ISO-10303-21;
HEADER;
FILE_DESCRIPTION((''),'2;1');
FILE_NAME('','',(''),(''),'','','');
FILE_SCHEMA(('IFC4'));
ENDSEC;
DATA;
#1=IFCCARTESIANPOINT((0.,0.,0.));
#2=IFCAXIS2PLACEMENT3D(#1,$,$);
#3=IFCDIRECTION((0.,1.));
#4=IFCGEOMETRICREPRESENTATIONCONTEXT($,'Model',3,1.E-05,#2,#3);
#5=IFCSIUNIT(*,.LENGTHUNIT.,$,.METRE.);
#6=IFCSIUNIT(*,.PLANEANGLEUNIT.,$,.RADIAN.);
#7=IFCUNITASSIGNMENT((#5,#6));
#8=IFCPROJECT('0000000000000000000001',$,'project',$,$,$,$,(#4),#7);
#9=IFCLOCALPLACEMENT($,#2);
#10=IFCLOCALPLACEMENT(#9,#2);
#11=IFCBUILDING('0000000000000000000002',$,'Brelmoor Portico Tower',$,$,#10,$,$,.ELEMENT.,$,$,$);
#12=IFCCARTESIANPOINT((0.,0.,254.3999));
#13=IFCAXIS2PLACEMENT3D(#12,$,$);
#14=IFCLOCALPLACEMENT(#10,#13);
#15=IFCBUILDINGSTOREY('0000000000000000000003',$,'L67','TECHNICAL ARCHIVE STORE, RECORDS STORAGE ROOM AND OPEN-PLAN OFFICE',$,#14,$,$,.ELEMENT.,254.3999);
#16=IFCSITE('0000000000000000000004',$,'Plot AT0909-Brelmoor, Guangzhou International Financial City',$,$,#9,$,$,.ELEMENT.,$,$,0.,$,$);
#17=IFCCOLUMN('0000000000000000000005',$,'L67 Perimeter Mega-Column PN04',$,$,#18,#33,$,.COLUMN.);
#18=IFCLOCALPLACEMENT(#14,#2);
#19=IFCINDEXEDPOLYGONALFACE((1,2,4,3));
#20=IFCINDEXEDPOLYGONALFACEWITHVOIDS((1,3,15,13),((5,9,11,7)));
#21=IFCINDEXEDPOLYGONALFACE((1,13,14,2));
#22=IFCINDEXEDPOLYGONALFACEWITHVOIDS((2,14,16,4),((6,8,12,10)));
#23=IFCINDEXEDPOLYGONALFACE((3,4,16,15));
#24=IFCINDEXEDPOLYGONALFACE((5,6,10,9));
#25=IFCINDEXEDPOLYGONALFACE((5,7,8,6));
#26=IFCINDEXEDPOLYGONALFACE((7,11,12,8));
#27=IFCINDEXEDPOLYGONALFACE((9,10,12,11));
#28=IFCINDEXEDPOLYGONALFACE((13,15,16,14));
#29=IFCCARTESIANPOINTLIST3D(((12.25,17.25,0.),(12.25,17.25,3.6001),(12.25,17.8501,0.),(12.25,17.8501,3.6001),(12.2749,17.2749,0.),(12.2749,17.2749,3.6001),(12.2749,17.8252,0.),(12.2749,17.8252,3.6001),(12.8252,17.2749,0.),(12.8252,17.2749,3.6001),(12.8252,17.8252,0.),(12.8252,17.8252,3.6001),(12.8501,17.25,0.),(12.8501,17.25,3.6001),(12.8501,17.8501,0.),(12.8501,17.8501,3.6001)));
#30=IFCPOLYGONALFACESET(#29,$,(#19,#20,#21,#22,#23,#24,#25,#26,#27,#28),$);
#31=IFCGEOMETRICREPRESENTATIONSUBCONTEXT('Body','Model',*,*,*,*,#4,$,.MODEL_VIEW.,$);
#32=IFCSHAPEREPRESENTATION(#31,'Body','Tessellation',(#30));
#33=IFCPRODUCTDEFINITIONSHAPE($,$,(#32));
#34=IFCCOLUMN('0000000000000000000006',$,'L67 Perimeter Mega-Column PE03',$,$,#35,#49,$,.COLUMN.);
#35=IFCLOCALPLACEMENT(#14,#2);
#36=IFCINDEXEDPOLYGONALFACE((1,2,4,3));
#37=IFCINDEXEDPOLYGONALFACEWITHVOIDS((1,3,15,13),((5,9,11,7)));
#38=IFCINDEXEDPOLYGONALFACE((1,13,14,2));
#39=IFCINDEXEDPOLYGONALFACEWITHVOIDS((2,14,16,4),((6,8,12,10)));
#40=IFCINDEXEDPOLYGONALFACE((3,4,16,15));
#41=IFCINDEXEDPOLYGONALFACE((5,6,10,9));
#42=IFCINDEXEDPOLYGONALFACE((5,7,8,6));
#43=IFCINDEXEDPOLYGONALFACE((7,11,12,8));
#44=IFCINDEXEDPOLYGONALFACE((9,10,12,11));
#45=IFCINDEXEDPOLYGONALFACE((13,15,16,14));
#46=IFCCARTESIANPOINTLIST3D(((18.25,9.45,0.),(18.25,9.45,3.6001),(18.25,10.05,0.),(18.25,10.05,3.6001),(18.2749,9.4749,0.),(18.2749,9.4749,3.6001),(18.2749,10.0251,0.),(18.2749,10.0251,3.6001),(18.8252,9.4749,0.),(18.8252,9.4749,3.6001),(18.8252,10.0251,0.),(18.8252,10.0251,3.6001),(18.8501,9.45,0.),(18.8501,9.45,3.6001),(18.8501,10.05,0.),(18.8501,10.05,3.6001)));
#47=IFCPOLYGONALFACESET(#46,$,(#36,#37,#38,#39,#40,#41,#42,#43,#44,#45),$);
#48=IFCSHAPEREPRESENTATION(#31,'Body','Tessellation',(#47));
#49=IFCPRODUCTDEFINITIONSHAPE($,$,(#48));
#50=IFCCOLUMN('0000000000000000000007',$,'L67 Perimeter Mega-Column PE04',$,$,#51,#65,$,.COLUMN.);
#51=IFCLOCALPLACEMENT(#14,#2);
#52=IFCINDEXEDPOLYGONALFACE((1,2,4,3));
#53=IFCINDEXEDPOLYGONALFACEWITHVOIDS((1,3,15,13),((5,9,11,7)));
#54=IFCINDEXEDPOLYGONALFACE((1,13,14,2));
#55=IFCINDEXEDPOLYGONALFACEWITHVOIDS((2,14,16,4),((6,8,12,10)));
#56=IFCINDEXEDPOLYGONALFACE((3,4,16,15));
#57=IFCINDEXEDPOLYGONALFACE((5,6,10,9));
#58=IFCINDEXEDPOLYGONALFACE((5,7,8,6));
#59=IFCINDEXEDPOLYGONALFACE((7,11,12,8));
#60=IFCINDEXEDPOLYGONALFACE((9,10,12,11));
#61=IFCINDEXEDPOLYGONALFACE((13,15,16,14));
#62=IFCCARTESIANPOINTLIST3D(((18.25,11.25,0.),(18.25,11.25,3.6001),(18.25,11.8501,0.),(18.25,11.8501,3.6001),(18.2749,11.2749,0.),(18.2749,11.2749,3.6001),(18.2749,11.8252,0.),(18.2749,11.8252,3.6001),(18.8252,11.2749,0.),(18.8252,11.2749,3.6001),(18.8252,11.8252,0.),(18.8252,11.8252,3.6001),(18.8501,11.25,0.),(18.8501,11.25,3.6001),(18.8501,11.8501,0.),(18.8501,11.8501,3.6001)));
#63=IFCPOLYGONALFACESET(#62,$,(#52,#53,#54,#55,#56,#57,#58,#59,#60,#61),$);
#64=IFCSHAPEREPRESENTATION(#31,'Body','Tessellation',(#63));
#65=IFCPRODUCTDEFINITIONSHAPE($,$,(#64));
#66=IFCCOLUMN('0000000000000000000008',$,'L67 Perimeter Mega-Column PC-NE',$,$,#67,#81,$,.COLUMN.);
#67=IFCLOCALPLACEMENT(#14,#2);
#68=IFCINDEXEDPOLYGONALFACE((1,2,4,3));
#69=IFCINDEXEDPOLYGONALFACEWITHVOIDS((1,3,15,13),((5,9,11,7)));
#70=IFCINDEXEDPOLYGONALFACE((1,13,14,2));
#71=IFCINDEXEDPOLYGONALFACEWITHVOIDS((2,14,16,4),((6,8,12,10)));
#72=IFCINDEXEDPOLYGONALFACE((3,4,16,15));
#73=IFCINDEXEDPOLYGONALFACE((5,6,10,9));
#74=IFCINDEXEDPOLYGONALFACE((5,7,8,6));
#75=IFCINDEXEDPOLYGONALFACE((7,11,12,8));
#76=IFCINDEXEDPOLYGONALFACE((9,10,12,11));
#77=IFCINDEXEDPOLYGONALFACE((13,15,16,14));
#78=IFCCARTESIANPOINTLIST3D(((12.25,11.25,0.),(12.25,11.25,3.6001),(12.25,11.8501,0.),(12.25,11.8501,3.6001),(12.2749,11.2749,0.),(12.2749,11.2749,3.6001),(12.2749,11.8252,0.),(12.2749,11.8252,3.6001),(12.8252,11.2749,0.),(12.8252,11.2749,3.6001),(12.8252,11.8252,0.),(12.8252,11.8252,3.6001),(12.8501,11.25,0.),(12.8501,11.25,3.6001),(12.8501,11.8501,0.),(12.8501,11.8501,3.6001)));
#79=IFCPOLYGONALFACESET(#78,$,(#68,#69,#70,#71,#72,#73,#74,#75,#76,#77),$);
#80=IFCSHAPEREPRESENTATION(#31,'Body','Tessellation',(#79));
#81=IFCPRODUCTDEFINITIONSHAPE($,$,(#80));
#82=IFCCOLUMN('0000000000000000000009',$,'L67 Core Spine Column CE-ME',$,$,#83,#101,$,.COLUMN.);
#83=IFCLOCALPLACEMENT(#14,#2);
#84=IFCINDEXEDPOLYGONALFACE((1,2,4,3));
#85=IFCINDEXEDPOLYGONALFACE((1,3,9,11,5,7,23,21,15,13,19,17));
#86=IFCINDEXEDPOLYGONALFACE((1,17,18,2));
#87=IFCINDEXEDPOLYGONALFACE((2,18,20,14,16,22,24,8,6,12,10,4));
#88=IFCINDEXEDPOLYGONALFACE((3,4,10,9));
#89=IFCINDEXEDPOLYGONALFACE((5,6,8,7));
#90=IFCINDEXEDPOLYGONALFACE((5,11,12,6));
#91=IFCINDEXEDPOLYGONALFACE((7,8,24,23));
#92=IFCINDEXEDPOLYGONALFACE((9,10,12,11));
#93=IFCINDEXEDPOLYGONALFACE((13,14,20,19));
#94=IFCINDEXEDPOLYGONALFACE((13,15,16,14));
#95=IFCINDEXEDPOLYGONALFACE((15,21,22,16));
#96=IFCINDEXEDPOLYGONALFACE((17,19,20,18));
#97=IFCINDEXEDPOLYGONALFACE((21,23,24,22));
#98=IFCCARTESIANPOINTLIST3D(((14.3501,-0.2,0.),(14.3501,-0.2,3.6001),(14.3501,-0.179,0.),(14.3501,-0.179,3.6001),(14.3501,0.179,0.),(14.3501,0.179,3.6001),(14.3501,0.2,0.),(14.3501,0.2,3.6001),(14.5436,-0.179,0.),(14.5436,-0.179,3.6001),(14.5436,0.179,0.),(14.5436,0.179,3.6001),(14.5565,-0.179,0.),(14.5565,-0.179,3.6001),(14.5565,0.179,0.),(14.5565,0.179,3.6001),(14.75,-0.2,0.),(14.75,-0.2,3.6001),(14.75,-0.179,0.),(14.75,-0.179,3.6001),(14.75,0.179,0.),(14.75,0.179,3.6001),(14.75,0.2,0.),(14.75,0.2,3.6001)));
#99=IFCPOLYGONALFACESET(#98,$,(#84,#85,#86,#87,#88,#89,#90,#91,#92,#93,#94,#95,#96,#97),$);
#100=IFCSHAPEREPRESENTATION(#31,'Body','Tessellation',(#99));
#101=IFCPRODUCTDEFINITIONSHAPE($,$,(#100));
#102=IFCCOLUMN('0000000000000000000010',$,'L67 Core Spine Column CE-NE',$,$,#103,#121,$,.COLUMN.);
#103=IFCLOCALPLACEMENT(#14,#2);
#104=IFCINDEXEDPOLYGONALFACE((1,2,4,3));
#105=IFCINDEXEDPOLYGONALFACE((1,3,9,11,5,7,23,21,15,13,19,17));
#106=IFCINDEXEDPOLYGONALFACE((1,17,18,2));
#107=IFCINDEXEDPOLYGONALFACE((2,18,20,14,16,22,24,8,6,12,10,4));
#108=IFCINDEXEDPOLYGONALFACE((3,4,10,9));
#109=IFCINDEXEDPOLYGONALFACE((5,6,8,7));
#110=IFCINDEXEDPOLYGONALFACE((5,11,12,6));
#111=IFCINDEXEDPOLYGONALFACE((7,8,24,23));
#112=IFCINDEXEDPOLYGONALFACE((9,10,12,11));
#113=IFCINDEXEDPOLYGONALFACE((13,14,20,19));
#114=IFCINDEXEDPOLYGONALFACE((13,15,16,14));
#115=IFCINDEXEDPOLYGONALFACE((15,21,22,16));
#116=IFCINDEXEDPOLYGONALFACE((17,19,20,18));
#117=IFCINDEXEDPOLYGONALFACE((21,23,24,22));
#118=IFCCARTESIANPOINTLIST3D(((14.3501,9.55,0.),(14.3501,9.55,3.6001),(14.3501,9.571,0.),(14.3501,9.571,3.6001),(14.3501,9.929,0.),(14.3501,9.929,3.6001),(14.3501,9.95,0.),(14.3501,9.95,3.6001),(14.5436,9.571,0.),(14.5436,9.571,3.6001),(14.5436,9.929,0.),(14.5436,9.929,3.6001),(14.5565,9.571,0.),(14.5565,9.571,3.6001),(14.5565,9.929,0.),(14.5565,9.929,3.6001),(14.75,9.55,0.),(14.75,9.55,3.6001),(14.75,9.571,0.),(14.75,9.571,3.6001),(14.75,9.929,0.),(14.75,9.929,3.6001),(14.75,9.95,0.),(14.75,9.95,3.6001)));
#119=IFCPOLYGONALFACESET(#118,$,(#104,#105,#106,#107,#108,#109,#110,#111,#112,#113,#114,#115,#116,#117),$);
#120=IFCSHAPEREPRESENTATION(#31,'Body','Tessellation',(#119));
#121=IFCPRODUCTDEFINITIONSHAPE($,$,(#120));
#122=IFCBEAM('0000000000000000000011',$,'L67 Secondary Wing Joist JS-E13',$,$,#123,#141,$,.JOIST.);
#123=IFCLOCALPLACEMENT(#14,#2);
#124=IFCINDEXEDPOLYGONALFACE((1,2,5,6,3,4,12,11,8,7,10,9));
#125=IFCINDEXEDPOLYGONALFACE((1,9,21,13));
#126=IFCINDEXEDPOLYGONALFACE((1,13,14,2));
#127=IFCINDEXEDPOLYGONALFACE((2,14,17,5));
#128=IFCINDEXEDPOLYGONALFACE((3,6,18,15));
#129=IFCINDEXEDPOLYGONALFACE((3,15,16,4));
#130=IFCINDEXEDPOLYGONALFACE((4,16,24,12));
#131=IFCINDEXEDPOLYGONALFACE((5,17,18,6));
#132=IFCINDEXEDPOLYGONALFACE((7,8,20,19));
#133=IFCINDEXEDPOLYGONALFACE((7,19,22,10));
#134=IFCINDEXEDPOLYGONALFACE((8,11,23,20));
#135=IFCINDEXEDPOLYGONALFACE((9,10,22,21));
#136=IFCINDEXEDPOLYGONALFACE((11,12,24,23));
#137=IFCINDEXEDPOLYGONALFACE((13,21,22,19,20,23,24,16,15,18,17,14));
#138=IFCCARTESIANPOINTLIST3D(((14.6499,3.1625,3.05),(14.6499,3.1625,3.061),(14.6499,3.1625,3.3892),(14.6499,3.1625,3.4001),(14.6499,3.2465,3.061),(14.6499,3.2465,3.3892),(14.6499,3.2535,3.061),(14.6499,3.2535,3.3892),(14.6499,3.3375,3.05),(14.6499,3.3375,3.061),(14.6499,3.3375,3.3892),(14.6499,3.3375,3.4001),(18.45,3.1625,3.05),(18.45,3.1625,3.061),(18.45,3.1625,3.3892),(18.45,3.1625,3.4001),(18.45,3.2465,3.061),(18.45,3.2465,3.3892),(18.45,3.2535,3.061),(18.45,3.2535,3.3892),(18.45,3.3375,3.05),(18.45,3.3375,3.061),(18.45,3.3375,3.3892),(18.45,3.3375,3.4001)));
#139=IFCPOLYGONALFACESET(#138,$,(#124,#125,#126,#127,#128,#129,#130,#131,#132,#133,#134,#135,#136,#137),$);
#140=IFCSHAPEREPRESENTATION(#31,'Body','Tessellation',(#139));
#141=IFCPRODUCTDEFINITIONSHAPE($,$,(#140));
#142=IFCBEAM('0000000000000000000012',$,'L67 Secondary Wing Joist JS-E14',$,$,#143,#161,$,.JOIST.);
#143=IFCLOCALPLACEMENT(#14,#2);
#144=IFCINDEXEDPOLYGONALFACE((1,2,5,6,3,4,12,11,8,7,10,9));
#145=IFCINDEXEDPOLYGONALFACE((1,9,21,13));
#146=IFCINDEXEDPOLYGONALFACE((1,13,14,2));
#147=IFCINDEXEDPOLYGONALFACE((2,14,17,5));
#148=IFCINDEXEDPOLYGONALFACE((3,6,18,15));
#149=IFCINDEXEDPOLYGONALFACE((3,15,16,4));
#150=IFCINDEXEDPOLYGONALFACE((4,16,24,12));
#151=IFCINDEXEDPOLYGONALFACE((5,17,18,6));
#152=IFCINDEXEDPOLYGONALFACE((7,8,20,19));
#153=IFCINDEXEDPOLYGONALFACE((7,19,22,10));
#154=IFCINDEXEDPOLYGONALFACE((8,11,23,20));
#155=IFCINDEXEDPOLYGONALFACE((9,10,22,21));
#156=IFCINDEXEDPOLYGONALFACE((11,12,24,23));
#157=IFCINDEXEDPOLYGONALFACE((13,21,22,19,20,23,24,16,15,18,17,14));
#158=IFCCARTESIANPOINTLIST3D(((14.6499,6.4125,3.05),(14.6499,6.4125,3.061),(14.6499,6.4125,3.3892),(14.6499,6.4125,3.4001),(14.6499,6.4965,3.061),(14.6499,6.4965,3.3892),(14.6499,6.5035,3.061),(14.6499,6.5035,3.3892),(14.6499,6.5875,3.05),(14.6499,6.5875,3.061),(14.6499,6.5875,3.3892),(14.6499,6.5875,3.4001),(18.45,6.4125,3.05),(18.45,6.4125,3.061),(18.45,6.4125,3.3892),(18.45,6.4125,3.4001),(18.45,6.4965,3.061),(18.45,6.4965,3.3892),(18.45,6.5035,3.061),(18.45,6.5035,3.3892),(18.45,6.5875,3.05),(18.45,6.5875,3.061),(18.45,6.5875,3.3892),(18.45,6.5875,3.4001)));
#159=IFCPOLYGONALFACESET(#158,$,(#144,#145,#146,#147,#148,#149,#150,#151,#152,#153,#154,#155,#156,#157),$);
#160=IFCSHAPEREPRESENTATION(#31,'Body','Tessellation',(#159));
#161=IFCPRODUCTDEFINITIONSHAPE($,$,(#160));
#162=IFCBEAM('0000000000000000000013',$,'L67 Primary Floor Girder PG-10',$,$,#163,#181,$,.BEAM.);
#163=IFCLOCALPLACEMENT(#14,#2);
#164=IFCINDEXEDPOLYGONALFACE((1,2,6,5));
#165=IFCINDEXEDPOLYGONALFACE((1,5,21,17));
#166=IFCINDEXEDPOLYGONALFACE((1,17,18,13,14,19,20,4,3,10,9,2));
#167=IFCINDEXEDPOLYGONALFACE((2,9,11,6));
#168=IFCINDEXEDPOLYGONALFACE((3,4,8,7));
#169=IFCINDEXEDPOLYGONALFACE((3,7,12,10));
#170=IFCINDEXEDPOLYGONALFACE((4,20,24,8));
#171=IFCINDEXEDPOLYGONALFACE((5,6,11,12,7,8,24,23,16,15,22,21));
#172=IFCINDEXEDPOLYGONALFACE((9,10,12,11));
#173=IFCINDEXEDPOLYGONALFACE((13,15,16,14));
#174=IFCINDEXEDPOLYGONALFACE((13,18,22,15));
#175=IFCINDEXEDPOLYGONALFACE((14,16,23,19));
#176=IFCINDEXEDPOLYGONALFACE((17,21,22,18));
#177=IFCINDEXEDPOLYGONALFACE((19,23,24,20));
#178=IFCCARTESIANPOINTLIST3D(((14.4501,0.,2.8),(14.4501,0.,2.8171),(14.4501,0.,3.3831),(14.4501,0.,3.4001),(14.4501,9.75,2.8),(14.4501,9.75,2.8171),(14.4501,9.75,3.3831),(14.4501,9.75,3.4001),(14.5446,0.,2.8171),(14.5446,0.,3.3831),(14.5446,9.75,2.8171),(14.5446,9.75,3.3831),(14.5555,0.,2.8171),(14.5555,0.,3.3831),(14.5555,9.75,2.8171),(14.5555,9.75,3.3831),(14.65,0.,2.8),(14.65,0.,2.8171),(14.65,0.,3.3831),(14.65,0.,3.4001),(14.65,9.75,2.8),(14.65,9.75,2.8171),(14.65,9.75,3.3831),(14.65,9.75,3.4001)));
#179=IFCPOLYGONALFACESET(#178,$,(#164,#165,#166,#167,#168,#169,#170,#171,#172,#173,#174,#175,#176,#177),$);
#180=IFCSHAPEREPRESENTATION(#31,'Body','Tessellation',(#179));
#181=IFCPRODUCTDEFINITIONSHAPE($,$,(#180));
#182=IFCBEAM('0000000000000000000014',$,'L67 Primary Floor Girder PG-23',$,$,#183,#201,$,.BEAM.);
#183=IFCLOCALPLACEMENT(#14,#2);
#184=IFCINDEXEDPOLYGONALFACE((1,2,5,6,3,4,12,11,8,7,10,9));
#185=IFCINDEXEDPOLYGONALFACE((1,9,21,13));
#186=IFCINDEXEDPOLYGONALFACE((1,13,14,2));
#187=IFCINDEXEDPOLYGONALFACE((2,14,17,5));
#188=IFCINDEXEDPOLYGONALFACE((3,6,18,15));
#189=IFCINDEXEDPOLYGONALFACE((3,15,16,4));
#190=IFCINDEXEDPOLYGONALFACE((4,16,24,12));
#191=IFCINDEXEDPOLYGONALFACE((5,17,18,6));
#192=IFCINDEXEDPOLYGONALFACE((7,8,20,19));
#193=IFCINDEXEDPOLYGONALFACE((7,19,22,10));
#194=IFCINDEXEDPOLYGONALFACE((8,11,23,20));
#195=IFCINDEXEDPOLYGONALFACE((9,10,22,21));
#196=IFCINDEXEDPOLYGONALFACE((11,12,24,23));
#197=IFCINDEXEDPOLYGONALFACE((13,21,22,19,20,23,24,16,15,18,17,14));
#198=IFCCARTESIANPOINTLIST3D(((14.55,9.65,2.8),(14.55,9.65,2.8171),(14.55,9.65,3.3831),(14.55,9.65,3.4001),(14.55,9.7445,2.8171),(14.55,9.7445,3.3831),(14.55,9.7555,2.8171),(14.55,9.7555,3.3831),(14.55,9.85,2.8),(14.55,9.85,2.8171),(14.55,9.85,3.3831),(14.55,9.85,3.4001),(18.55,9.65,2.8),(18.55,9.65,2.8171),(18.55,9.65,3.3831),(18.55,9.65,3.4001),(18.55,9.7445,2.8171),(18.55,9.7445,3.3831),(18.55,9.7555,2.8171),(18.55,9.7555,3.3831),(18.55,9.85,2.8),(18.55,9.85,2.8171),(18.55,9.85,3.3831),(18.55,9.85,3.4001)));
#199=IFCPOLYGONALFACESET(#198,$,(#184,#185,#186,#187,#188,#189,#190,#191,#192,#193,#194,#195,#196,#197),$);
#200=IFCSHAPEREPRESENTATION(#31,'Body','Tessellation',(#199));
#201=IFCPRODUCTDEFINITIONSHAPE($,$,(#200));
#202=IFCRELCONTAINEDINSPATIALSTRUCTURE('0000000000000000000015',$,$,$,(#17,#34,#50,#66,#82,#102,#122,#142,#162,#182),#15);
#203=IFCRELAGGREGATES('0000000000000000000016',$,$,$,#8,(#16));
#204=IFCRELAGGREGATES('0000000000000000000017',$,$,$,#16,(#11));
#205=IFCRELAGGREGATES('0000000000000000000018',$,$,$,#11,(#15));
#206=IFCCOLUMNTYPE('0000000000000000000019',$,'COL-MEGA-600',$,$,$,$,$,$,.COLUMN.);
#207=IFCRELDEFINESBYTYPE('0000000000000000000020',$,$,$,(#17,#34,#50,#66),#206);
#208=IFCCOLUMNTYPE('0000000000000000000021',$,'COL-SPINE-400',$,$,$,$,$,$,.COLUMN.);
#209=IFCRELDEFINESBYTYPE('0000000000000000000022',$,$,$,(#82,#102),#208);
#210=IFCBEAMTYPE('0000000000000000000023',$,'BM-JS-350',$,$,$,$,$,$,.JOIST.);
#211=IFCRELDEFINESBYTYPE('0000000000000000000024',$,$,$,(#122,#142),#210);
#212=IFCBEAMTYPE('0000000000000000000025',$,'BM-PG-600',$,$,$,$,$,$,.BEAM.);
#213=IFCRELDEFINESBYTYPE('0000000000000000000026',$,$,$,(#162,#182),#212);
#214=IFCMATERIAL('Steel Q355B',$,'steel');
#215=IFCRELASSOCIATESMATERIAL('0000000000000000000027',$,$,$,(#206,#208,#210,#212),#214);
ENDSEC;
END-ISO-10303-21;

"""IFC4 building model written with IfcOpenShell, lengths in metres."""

from ifc_helpers import new_model, si_unit, direction, frame, origin, origin_2d, place, context, subcontext, project, spatial, hollow_rectangle, i_section, extrude, material, material_profile, profile_set, type_object, element, save


model = new_model("IFC4")

# Units and contexts
model_context = context("Model", 3, precision=1e-05, world=origin(), true_north=direction((0.0, 1.0)))
body_context = subcontext(model_context, "Body", "Model", "MODEL_VIEW")
ifc_project = project(units=[si_unit("LENGTHUNIT", "METRE"), si_unit("PLANEANGLEUNIT", "RADIAN")], contexts=[model_context])

# Site, building, storey
site_placement = place(None, origin())
site = spatial("IfcSite", under=ifc_project, at=site_placement, Name="Plot AT0909-Brelmoor, Guangzhou International Financial City", CompositionType="ELEMENT", RefElevation=0.0)
building_placement = place(site_placement, origin())
building = spatial("IfcBuilding", under=site, at=building_placement, Name="Brelmoor Portico Tower", CompositionType="ELEMENT")
storey_placement = place(building_placement, frame((0.0, 0.0, 254.3999)))
storey = spatial("IfcBuildingStorey", under=building, at=storey_placement, Name="L67", Description="TECHNICAL ARCHIVE STORE, RECORDS STORAGE ROOM AND OPEN-PLAN OFFICE", CompositionType="ELEMENT", Elevation=254.3999)

# Columns
ifc_material_1 = material(Name="Steel Q355B", Category="steel")
ifc_material_profile_1 = material_profile(ifc_material_1, hollow_rectangle(XDim=0.6001, YDim=0.6001, WallThickness=0.0249, at=origin_2d()), Name="BOX 600x600x25")
ifc_profile_set_1 = profile_set([ifc_material_profile_1], Name="Steel Q355B")
column_type_1 = type_object("IfcColumnType", Name="COL-MEGA-600", PredefinedType="COLUMN", material=ifc_profile_set_1)
for number, where, z_axis, x_axis, name in (
    (1, (12.55, 17.55, 0.0), (0.0, 0.0, 1.0), (1.0, 0.0, 0.0), "L67 Perimeter Mega-Column PN04"),
    (2, (18.55, 9.75, 0.0), (0.0, 0.0, 1.0), (0.0, 1.0, 0.0), "L67 Perimeter Mega-Column PE03"),
    (3, (18.55, 11.55, 0.0), (0.0, 0.0, 1.0), (0.0, 1.0, 0.0), "L67 Perimeter Mega-Column PE04"),
    (4, (12.55, 11.55, 0.0), (0.0, 0.0, 1.0), (1.0, 0.0, 0.0), "L67 Perimeter Mega-Column PC-NE"),
):
    element("IfcColumn", number, at=place(storey_placement, frame(where, z_axis=z_axis, x_axis=x_axis)), inside=storey, type_object=column_type_1, Name=name, PredefinedType="COLUMN", context=body_context, shape_type="SweptSolid", body=[
        extrude(hollow_rectangle(XDim=0.6001, YDim=0.6001, WallThickness=0.0249, at=origin_2d()), origin(), (0.0, 0.0, 1.0), 3.6001),
    ])
ifc_material_profile_2 = material_profile(ifc_material_1, i_section(OverallWidth=0.3999, OverallDepth=0.3999, WebThickness=0.0129, FlangeThickness=0.021, at=origin_2d()), Name="HW 400x400x13x21")
ifc_profile_set_2 = profile_set([ifc_material_profile_2], Name="Steel Q355B")
column_type_2 = type_object("IfcColumnType", Name="COL-SPINE-400", PredefinedType="COLUMN", material=ifc_profile_set_2)
for number, where, z_axis, x_axis, name in (
    (5, (14.55, 0.0, 0.0), (0.0, 0.0, 1.0), (1.0, 0.0, 0.0), "L67 Core Spine Column CE-ME"),
    (6, (14.55, 9.75, 0.0), (0.0, 0.0, 1.0), (1.0, 0.0, 0.0), "L67 Core Spine Column CE-NE"),
):
    element("IfcColumn", number, at=place(storey_placement, frame(where, z_axis=z_axis, x_axis=x_axis)), inside=storey, type_object=column_type_2, Name=name, PredefinedType="COLUMN", context=body_context, shape_type="SweptSolid", body=[
        extrude(i_section(OverallWidth=0.3999, OverallDepth=0.3999, WebThickness=0.0129, FlangeThickness=0.021, at=origin_2d()), origin(), (0.0, 0.0, 1.0), 3.6001),
    ])

# Beams
ifc_material_profile_3 = material_profile(ifc_material_1, i_section(OverallWidth=0.175, OverallDepth=0.3501, WebThickness=0.0071, FlangeThickness=0.011, at=origin_2d()), Name="HN 350x175x7x11")
ifc_profile_set_3 = profile_set([ifc_material_profile_3], Name="Steel Q355B")
beam_type_1 = type_object("IfcBeamType", Name="BM-JS-350", PredefinedType="JOIST", material=ifc_profile_set_3)
for number, where, z_axis, x_axis, name in (
    (7, (14.6499, 3.25, 3.2251), (1.0, 0.0, 0.0), (0.0, 1.0, 0.0), "L67 Secondary Wing Joist JS-E13"),
    (8, (14.6499, 6.5, 3.2251), (1.0, 0.0, 0.0), (0.0, 1.0, 0.0), "L67 Secondary Wing Joist JS-E14"),
):
    element("IfcBeam", number, at=place(storey_placement, frame(where, z_axis=z_axis, x_axis=x_axis)), inside=storey, type_object=beam_type_1, Name=name, PredefinedType="JOIST", context=body_context, shape_type="SweptSolid", body=[
        extrude(i_section(OverallWidth=0.175, OverallDepth=0.3501, WebThickness=0.0071, FlangeThickness=0.011, at=origin_2d()), origin(), (0.0, 0.0, 1.0), 3.8),
    ])
ifc_material_profile_4 = material_profile(ifc_material_1, i_section(OverallWidth=0.2, OverallDepth=0.6001, WebThickness=0.011, FlangeThickness=0.0171, at=origin_2d()), Name="HN 600x200x11x17")
ifc_profile_set_4 = profile_set([ifc_material_profile_4], Name="Steel Q355B")
beam_type_2 = type_object("IfcBeamType", Name="BM-PG-600", PredefinedType="BEAM", material=ifc_profile_set_4)
beam_1_placement = place(storey_placement, frame((14.55, 0.0, 3.1001), z_axis=(0.0, 1.0, 0.0), x_axis=(-1.0, 0.0, 0.0)))
element("IfcBeam", 9, at=beam_1_placement, inside=storey, type_object=beam_type_2, Name="L67 Primary Floor Girder PG-10", PredefinedType="BEAM", context=body_context, shape_type="SweptSolid", body=[
    extrude(i_section(OverallWidth=0.2, OverallDepth=0.6001, WebThickness=0.011, FlangeThickness=0.0171, at=origin_2d()), origin(), (0.0, 0.0, 1.0), 9.75),
])
beam_2_placement = place(storey_placement, frame((14.55, 9.75, 3.1001), z_axis=(1.0, 0.0, 0.0), x_axis=(0.0, 1.0, 0.0)))
element("IfcBeam", 10, at=beam_2_placement, inside=storey, type_object=beam_type_2, Name="L67 Primary Floor Girder PG-23", PredefinedType="BEAM", context=body_context, shape_type="SweptSolid", body=[
    extrude(i_section(OverallWidth=0.2, OverallDepth=0.6001, WebThickness=0.011, FlangeThickness=0.0171, at=origin_2d()), origin(), (0.0, 0.0, 1.0), 4.0),
])

save(model, "model.ifc")
